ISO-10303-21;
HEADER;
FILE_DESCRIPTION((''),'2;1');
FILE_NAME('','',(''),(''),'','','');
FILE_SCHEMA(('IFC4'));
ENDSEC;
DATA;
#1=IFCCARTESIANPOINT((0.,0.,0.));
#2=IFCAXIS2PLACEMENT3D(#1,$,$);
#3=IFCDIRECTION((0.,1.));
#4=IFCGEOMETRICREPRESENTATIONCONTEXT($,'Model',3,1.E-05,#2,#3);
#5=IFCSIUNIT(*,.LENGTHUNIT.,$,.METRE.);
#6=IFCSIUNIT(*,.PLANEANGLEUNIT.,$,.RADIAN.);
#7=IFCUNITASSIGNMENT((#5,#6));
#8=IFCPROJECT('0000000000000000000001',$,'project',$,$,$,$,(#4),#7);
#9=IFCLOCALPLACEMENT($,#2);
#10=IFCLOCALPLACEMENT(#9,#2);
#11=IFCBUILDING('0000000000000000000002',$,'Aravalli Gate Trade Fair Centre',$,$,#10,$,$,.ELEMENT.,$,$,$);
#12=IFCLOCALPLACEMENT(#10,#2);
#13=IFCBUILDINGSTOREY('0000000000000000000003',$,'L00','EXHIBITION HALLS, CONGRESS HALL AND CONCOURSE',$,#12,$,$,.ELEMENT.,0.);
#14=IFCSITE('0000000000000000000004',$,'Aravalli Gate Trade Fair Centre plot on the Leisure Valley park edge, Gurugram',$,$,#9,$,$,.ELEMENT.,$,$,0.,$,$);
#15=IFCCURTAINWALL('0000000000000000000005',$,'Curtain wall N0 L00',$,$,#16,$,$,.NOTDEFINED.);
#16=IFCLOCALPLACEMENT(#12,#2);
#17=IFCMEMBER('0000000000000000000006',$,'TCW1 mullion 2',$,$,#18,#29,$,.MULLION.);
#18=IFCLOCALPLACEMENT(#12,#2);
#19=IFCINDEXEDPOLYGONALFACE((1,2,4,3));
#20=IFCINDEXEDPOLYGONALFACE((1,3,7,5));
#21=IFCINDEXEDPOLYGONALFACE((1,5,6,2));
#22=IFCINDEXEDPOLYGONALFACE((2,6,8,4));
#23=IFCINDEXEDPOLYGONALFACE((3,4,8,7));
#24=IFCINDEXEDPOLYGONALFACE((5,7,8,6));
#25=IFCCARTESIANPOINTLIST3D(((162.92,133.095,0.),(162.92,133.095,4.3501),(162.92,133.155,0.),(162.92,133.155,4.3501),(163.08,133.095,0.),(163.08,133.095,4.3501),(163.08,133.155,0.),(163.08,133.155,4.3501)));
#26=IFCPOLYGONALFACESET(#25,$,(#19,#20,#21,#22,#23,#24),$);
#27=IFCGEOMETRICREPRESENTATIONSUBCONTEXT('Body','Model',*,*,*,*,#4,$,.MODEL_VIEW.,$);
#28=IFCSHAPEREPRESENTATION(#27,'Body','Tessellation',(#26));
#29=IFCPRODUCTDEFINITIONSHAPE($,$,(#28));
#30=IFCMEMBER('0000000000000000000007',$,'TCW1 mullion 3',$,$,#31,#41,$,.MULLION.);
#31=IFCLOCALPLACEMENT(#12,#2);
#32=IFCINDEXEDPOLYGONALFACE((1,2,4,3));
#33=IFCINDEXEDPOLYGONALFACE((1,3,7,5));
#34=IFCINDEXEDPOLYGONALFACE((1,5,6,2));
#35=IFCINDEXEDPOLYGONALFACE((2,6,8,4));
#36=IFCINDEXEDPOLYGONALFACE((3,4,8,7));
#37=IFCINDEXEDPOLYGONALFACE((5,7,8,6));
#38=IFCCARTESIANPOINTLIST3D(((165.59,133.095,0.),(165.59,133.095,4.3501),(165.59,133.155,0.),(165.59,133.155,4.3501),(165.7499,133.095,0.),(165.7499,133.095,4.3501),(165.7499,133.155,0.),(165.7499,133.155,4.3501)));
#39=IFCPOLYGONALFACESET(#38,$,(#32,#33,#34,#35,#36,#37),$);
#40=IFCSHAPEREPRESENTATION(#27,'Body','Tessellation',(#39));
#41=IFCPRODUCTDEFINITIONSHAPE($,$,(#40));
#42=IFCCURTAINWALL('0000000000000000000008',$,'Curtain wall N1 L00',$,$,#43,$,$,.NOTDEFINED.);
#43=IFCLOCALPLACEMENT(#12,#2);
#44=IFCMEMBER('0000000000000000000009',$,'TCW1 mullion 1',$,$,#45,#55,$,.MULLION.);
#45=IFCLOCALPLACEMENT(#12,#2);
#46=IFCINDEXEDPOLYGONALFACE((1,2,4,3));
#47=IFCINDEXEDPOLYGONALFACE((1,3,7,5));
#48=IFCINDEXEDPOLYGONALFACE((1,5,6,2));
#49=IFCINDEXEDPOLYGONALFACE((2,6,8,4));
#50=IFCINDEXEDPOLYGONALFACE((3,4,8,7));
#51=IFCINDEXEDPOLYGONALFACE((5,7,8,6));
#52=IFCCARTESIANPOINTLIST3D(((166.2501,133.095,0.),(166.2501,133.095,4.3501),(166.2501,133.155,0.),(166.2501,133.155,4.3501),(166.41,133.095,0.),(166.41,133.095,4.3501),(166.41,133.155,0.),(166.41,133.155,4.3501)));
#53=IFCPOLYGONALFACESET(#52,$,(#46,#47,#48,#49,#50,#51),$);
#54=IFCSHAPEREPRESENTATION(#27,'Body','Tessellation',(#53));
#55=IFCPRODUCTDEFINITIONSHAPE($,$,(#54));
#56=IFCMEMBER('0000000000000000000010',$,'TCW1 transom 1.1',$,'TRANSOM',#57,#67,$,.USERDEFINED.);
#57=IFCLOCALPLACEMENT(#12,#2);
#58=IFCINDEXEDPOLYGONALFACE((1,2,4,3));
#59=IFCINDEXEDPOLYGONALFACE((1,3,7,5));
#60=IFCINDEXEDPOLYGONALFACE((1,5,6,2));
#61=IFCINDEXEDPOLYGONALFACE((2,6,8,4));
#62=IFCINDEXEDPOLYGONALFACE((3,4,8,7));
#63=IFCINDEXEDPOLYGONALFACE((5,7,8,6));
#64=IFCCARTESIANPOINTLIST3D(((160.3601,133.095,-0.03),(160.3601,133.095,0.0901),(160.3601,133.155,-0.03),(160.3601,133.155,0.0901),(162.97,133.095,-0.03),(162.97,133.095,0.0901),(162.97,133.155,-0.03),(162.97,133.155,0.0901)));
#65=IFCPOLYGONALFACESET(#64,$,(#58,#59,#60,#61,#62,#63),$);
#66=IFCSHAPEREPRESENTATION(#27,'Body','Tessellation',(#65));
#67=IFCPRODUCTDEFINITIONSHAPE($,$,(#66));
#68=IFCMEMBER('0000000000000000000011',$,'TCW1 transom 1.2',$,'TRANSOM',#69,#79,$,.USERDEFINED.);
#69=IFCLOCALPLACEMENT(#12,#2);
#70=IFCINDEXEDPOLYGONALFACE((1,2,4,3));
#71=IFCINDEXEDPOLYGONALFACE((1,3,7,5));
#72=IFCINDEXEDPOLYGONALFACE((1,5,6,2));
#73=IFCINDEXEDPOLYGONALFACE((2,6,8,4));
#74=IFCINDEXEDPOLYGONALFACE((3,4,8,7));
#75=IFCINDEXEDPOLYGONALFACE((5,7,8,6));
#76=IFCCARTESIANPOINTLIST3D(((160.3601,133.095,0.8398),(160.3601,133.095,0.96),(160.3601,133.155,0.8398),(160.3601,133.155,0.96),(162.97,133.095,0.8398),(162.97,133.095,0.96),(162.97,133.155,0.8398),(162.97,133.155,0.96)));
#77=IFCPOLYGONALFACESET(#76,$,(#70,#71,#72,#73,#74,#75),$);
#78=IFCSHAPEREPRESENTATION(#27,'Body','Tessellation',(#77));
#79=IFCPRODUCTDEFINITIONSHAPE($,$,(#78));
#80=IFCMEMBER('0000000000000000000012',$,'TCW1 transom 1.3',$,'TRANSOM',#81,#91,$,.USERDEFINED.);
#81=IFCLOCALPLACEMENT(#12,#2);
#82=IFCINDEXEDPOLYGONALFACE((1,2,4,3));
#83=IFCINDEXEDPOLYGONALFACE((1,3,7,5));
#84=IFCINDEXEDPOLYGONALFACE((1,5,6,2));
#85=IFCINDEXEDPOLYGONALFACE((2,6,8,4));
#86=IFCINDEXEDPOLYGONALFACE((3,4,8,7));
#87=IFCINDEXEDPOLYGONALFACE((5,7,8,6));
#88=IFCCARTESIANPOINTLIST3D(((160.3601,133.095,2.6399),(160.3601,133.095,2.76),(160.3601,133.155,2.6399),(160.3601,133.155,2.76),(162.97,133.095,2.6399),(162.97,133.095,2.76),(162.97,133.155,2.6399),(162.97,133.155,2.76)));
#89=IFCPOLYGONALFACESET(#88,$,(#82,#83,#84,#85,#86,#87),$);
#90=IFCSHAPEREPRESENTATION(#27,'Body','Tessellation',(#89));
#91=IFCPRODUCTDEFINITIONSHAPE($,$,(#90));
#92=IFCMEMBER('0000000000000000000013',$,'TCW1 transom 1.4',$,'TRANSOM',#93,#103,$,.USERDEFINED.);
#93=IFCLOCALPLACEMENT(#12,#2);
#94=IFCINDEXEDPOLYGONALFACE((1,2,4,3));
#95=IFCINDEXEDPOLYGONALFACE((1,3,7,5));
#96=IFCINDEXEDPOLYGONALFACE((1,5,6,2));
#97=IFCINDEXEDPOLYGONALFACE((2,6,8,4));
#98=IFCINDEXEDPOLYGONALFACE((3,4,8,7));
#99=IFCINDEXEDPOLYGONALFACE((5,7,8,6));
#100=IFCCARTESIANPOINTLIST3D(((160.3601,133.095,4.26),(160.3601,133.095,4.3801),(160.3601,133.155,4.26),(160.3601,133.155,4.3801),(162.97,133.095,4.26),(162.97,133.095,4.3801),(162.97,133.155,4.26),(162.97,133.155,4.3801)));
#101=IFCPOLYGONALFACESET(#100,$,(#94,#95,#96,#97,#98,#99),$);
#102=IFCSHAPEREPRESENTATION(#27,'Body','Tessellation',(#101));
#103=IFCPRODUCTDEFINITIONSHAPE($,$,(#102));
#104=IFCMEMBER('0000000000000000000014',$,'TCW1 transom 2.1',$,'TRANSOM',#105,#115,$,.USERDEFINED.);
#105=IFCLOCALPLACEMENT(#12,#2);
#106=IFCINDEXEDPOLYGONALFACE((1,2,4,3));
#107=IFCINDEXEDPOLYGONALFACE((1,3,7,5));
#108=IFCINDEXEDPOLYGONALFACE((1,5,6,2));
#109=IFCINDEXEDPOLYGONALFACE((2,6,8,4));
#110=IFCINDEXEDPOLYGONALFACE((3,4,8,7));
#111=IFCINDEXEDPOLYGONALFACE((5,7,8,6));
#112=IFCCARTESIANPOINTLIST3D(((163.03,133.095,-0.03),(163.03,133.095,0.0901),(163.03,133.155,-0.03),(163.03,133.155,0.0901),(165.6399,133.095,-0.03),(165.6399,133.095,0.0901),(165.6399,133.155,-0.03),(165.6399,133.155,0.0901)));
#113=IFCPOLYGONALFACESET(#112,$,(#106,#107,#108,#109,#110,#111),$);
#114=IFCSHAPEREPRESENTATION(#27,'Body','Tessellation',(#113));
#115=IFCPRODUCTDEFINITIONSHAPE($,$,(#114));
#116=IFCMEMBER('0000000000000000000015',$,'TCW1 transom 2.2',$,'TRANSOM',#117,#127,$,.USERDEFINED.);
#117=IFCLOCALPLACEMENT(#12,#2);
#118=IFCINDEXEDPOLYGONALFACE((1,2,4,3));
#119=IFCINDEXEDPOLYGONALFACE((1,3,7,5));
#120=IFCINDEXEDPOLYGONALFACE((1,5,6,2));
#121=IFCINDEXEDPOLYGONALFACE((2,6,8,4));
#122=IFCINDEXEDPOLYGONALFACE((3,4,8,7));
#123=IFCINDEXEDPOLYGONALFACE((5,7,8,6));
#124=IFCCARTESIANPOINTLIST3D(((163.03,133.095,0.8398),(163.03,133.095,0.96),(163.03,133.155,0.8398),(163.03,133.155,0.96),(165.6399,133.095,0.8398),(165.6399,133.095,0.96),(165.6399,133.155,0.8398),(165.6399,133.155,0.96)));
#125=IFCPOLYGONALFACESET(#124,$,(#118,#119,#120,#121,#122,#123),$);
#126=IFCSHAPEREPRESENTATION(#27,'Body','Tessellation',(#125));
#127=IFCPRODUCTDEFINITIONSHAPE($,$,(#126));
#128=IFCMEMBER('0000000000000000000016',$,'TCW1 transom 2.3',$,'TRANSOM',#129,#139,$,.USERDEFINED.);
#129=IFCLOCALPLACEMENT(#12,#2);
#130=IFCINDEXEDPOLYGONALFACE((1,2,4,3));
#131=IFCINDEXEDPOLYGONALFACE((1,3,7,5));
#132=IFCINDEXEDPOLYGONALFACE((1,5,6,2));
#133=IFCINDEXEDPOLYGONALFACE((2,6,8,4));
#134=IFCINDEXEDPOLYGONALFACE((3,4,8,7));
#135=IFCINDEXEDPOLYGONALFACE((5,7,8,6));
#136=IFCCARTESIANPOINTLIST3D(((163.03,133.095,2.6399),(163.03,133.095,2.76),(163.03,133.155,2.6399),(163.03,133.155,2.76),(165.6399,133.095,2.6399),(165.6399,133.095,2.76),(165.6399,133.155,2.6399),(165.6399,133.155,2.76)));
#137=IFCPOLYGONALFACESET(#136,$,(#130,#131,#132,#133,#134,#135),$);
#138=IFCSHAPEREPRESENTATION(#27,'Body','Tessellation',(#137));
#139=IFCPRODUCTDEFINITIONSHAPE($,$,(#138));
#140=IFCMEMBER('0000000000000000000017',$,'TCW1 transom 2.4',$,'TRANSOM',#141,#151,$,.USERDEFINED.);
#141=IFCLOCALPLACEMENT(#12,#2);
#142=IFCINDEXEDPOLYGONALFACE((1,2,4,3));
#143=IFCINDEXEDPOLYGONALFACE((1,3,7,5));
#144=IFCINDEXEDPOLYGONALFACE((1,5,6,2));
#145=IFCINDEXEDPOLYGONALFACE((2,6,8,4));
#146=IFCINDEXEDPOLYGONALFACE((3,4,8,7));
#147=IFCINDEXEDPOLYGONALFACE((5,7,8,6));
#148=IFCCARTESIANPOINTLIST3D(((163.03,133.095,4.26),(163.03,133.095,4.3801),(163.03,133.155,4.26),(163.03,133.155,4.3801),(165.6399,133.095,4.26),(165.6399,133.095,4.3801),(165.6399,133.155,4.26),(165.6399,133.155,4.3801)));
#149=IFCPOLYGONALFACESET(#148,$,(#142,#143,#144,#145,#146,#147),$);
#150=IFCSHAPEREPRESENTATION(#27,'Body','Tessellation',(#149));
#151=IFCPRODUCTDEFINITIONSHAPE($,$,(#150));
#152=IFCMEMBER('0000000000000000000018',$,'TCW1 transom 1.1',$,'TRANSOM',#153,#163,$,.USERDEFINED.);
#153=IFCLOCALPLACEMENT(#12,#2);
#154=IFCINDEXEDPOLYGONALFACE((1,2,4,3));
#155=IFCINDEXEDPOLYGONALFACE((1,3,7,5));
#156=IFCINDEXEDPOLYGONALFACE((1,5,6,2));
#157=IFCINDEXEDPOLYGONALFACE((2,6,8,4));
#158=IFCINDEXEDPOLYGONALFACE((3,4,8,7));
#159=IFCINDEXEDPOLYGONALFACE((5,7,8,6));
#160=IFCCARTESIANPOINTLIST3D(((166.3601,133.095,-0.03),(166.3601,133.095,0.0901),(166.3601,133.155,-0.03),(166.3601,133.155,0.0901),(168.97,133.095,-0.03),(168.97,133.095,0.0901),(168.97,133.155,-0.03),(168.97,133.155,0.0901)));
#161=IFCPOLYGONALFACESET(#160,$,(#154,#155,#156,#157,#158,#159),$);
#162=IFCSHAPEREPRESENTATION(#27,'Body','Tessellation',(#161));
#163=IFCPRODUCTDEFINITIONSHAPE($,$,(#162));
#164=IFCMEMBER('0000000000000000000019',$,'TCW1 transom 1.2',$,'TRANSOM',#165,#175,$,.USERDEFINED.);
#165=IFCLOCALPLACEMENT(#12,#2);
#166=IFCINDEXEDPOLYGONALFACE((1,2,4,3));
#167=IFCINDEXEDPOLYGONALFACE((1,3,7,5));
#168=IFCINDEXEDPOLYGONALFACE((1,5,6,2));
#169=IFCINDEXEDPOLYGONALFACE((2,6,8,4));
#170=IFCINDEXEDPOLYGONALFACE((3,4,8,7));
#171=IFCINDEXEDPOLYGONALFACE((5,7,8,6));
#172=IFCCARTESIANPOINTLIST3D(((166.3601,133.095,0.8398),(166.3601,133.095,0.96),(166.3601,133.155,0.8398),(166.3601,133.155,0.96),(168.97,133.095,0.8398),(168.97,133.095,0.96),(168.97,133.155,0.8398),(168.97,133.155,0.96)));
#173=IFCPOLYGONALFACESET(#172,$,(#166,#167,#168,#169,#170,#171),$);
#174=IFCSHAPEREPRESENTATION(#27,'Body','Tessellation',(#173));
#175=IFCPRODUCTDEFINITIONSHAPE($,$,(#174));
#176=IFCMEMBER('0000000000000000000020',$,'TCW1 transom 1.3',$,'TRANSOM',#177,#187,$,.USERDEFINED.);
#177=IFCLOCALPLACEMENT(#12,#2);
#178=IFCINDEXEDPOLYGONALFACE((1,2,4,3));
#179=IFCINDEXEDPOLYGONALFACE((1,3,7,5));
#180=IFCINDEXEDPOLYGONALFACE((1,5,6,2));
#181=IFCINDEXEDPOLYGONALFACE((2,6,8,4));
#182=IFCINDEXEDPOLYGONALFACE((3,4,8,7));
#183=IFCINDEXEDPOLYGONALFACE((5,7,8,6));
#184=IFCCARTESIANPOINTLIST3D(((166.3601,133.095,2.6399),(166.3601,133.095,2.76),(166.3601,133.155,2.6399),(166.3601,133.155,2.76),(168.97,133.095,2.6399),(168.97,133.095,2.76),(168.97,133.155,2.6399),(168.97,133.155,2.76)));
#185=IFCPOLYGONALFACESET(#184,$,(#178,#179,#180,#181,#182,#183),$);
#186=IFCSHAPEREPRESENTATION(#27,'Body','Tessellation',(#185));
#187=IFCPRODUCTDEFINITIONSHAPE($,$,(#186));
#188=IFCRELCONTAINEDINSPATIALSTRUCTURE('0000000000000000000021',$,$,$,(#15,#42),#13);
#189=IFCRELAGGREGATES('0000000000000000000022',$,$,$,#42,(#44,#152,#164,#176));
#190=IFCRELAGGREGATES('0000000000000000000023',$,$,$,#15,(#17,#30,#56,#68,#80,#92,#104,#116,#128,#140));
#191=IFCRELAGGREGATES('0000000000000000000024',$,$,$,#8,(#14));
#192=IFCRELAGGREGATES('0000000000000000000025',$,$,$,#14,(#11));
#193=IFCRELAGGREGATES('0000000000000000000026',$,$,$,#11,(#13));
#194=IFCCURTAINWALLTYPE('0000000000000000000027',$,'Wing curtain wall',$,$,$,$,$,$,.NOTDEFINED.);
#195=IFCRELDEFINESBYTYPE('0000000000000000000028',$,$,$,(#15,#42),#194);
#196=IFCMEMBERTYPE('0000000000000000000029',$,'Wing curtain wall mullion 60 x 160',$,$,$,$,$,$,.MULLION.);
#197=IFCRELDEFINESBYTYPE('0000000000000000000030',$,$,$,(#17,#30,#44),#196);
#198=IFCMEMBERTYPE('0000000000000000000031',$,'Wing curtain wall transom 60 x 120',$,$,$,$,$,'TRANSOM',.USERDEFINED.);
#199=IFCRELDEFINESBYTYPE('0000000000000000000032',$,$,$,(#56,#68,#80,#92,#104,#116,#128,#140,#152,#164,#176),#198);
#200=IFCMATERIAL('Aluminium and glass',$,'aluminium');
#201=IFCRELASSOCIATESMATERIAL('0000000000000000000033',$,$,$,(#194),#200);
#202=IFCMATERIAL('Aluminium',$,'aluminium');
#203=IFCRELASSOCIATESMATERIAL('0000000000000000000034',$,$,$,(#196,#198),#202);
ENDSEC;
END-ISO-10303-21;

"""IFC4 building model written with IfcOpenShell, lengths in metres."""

from ifc_helpers import new_model, si_unit, direction, frame, origin, origin_2d, place, context, subcontext, project, spatial, rectangle, extrude, material, material_profile, profile_set, type_object, element, aggregate, save


model = new_model("IFC4")

# Units and contexts
model_context = context("Model", 3, precision=1e-05, world=origin(), true_north=direction((0.0, 1.0)))
body_context = subcontext(model_context, "Body", "Model", "MODEL_VIEW")
ifc_project = project(units=[si_unit("LENGTHUNIT", "METRE"), si_unit("PLANEANGLEUNIT", "RADIAN")], contexts=[model_context])

# Site, building, storey
site_placement = place(None, origin())
site = spatial("IfcSite", under=ifc_project, at=site_placement, Name="Aravalli Gate Trade Fair Centre plot on the Leisure Valley park edge, Gurugram", CompositionType="ELEMENT", RefElevation=0.0)
building_placement = place(site_placement, origin())
building = spatial("IfcBuilding", under=site, at=building_placement, Name="Aravalli Gate Trade Fair Centre", CompositionType="ELEMENT")
storey_placement = place(building_placement, origin())
storey = spatial("IfcBuildingStorey", under=building, at=storey_placement, Name="L00", Description="EXHIBITION HALLS, CONGRESS HALL AND CONCOURSE", CompositionType="ELEMENT", Elevation=0.0)

# Curtain wall, members
ifc_material_1 = material(Name="Aluminium and glass", Category="aluminium")
curtain_wall_type = type_object("IfcCurtainWallType", Name="Wing curtain wall", PredefinedType="NOTDEFINED", material=ifc_material_1)
curtain_wall_1_placement = place(storey_placement, origin())
curtain_wall_1 = element("IfcCurtainWall", 1, at=curtain_wall_1_placement, inside=storey, type_object=curtain_wall_type, Name="Curtain wall N0 L00", PredefinedType="NOTDEFINED")
ifc_material_2 = material(Name="Aluminium", Category="aluminium")
ifc_material_profile_1 = material_profile(ifc_material_2, rectangle(XDim=0.0601, YDim=0.1599, at=origin_2d()), Name="Wing curtain wall mullion 60 x 160")
ifc_profile_set_1 = profile_set([ifc_material_profile_1], Name="Aluminium")
member_type_1 = type_object("IfcMemberType", Name="Wing curtain wall mullion 60 x 160", PredefinedType="MULLION", material=ifc_profile_set_1)
member_1_placement = place(storey_placement, frame((163.0, 133.125, 0.0), z_axis=(0.0, 0.0, 1.0), x_axis=(0.0, 1.0, 0.0)))
member_1 = element("IfcMember", 2, at=member_1_placement, type_object=member_type_1, Name="TCW1 mullion 2", PredefinedType="MULLION", context=body_context, shape_type="SweptSolid", body=[
    extrude(rectangle(XDim=0.0601, YDim=0.1599, at=origin_2d()), origin(), (0.0, 0.0, 1.0), 4.3501),
])
member_2_placement = place(storey_placement, frame((165.6699, 133.125, 0.0), z_axis=(0.0, 0.0, 1.0), x_axis=(0.0, 1.0, 0.0)))
member_2 = element("IfcMember", 3, at=member_2_placement, type_object=member_type_1, Name="TCW1 mullion 3", PredefinedType="MULLION", context=body_context, shape_type="SweptSolid", body=[
    extrude(rectangle(XDim=0.0601, YDim=0.1599, at=origin_2d()), origin(), (0.0, 0.0, 1.0), 4.3501),
])

# Curtain wall, member
curtain_wall_2_placement = place(storey_placement, origin())
curtain_wall_2 = element("IfcCurtainWall", 4, at=curtain_wall_2_placement, inside=storey, type_object=curtain_wall_type, Name="Curtain wall N1 L00", PredefinedType="NOTDEFINED")
member_3_placement = place(storey_placement, frame((166.3301, 133.125, 0.0), z_axis=(0.0, 0.0, 1.0), x_axis=(0.0, 1.0, 0.0)))
member_3 = element("IfcMember", 5, at=member_3_placement, type_object=member_type_1, Name="TCW1 mullion 1", PredefinedType="MULLION", context=body_context, shape_type="SweptSolid", body=[
    extrude(rectangle(XDim=0.0601, YDim=0.1599, at=origin_2d()), origin(), (0.0, 0.0, 1.0), 4.3501),
])

# Members
ifc_material_profile_2 = material_profile(ifc_material_2, rectangle(XDim=0.0601, YDim=0.1201, at=origin_2d()), Name="Wing curtain wall transom 60 x 120")
ifc_profile_set_2 = profile_set([ifc_material_profile_2], Name="Aluminium")
member_type_2 = type_object("IfcMemberType", Name="Wing curtain wall transom 60 x 120", ElementType="TRANSOM", PredefinedType="USERDEFINED", material=ifc_profile_set_2)
member_4_placement = place(storey_placement, frame((160.3601, 133.125, 0.03), z_axis=(1.0, 0.0, 0.0), x_axis=(0.0, 1.0, 0.0)))
member_4 = element("IfcMember", 6, at=member_4_placement, type_object=member_type_2, Name="TCW1 transom 1.1", ObjectType="TRANSOM", PredefinedType="USERDEFINED", context=body_context, shape_type="SweptSolid", body=[
    extrude(rectangle(XDim=0.0601, YDim=0.1201, at=origin_2d()), origin(), (0.0, 0.0, 1.0), 2.6099),
])
member_5_placement = place(storey_placement, frame((160.3601, 133.125, 0.8999), z_axis=(1.0, 0.0, 0.0), x_axis=(0.0, 1.0, 0.0)))
member_5 = element("IfcMember", 7, at=member_5_placement, type_object=member_type_2, Name="TCW1 transom 1.2", ObjectType="TRANSOM", PredefinedType="USERDEFINED", context=body_context, shape_type="SweptSolid", body=[
    extrude(rectangle(XDim=0.0601, YDim=0.1201, at=origin_2d()), origin(), (0.0, 0.0, 1.0), 2.6099),
])
member_6_placement = place(storey_placement, frame((160.3601, 133.125, 2.7), z_axis=(1.0, 0.0, 0.0), x_axis=(0.0, 1.0, 0.0)))
member_6 = element("IfcMember", 8, at=member_6_placement, type_object=member_type_2, Name="TCW1 transom 1.3", ObjectType="TRANSOM", PredefinedType="USERDEFINED", context=body_context, shape_type="SweptSolid", body=[
    extrude(rectangle(XDim=0.0601, YDim=0.1201, at=origin_2d()), origin(), (0.0, 0.0, 1.0), 2.6099),
])
member_7_placement = place(storey_placement, frame((160.3601, 133.125, 4.3201), z_axis=(1.0, 0.0, 0.0), x_axis=(0.0, 1.0, 0.0)))
member_7 = element("IfcMember", 9, at=member_7_placement, type_object=member_type_2, Name="TCW1 transom 1.4", ObjectType="TRANSOM", PredefinedType="USERDEFINED", context=body_context, shape_type="SweptSolid", body=[
    extrude(rectangle(XDim=0.0601, YDim=0.1201, at=origin_2d()), origin(), (0.0, 0.0, 1.0), 2.6099),
])
member_8_placement = place(storey_placement, frame((163.03, 133.125, 0.03), z_axis=(1.0, 0.0, 0.0), x_axis=(0.0, 1.0, 0.0)))
member_8 = element("IfcMember", 10, at=member_8_placement, type_object=member_type_2, Name="TCW1 transom 2.1", ObjectType="TRANSOM", PredefinedType="USERDEFINED", context=body_context, shape_type="SweptSolid", body=[
    extrude(rectangle(XDim=0.0601, YDim=0.1201, at=origin_2d()), origin(), (0.0, 0.0, 1.0), 2.6099),
])
member_9_placement = place(storey_placement, frame((163.03, 133.125, 0.8999), z_axis=(1.0, 0.0, 0.0), x_axis=(0.0, 1.0, 0.0)))
member_9 = element("IfcMember", 11, at=member_9_placement, type_object=member_type_2, Name="TCW1 transom 2.2", ObjectType="TRANSOM", PredefinedType="USERDEFINED", context=body_context, shape_type="SweptSolid", body=[
    extrude(rectangle(XDim=0.0601, YDim=0.1201, at=origin_2d()), origin(), (0.0, 0.0, 1.0), 2.6099),
])
member_10_placement = place(storey_placement, frame((163.03, 133.125, 2.7), z_axis=(1.0, 0.0, 0.0), x_axis=(0.0, 1.0, 0.0)))
member_10 = element("IfcMember", 12, at=member_10_placement, type_object=member_type_2, Name="TCW1 transom 2.3", ObjectType="TRANSOM", PredefinedType="USERDEFINED", context=body_context, shape_type="SweptSolid", body=[
    extrude(rectangle(XDim=0.0601, YDim=0.1201, at=origin_2d()), origin(), (0.0, 0.0, 1.0), 2.6099),
])
member_11_placement = place(storey_placement, frame((163.03, 133.125, 4.3201), z_axis=(1.0, 0.0, 0.0), x_axis=(0.0, 1.0, 0.0)))
member_11 = element("IfcMember", 13, at=member_11_placement, type_object=member_type_2, Name="TCW1 transom 2.4", ObjectType="TRANSOM", PredefinedType="USERDEFINED", context=body_context, shape_type="SweptSolid", body=[
    extrude(rectangle(XDim=0.0601, YDim=0.1201, at=origin_2d()), origin(), (0.0, 0.0, 1.0), 2.6099),
])
member_12_placement = place(storey_placement, frame((166.3601, 133.125, 0.03), z_axis=(1.0, 0.0, 0.0), x_axis=(0.0, 1.0, 0.0)))
member_12 = element("IfcMember", 14, at=member_12_placement, type_object=member_type_2, Name="TCW1 transom 1.1", ObjectType="TRANSOM", PredefinedType="USERDEFINED", context=body_context, shape_type="SweptSolid", body=[
    extrude(rectangle(XDim=0.0601, YDim=0.1201, at=origin_2d()), origin(), (0.0, 0.0, 1.0), 2.6099),
])
member_13_placement = place(storey_placement, frame((166.3601, 133.125, 0.8999), z_axis=(1.0, 0.0, 0.0), x_axis=(0.0, 1.0, 0.0)))
member_13 = element("IfcMember", 15, at=member_13_placement, type_object=member_type_2, Name="TCW1 transom 1.2", ObjectType="TRANSOM", PredefinedType="USERDEFINED", context=body_context, shape_type="SweptSolid", body=[
    extrude(rectangle(XDim=0.0601, YDim=0.1201, at=origin_2d()), origin(), (0.0, 0.0, 1.0), 2.6099),
])
member_14_placement = place(storey_placement, frame((166.3601, 133.125, 2.7), z_axis=(1.0, 0.0, 0.0), x_axis=(0.0, 1.0, 0.0)))
member_14 = element("IfcMember", 16, at=member_14_placement, type_object=member_type_2, Name="TCW1 transom 1.3", ObjectType="TRANSOM", PredefinedType="USERDEFINED", context=body_context, shape_type="SweptSolid", body=[
    extrude(rectangle(XDim=0.0601, YDim=0.1201, at=origin_2d()), origin(), (0.0, 0.0, 1.0), 2.6099),
])
aggregate(curtain_wall_2, [member_3, member_12, member_13, member_14])

aggregate(curtain_wall_1, [member_1, member_2, member_4, member_5, member_6, member_7, member_8, member_9, member_10, member_11])

save(model, "model.ifc")
